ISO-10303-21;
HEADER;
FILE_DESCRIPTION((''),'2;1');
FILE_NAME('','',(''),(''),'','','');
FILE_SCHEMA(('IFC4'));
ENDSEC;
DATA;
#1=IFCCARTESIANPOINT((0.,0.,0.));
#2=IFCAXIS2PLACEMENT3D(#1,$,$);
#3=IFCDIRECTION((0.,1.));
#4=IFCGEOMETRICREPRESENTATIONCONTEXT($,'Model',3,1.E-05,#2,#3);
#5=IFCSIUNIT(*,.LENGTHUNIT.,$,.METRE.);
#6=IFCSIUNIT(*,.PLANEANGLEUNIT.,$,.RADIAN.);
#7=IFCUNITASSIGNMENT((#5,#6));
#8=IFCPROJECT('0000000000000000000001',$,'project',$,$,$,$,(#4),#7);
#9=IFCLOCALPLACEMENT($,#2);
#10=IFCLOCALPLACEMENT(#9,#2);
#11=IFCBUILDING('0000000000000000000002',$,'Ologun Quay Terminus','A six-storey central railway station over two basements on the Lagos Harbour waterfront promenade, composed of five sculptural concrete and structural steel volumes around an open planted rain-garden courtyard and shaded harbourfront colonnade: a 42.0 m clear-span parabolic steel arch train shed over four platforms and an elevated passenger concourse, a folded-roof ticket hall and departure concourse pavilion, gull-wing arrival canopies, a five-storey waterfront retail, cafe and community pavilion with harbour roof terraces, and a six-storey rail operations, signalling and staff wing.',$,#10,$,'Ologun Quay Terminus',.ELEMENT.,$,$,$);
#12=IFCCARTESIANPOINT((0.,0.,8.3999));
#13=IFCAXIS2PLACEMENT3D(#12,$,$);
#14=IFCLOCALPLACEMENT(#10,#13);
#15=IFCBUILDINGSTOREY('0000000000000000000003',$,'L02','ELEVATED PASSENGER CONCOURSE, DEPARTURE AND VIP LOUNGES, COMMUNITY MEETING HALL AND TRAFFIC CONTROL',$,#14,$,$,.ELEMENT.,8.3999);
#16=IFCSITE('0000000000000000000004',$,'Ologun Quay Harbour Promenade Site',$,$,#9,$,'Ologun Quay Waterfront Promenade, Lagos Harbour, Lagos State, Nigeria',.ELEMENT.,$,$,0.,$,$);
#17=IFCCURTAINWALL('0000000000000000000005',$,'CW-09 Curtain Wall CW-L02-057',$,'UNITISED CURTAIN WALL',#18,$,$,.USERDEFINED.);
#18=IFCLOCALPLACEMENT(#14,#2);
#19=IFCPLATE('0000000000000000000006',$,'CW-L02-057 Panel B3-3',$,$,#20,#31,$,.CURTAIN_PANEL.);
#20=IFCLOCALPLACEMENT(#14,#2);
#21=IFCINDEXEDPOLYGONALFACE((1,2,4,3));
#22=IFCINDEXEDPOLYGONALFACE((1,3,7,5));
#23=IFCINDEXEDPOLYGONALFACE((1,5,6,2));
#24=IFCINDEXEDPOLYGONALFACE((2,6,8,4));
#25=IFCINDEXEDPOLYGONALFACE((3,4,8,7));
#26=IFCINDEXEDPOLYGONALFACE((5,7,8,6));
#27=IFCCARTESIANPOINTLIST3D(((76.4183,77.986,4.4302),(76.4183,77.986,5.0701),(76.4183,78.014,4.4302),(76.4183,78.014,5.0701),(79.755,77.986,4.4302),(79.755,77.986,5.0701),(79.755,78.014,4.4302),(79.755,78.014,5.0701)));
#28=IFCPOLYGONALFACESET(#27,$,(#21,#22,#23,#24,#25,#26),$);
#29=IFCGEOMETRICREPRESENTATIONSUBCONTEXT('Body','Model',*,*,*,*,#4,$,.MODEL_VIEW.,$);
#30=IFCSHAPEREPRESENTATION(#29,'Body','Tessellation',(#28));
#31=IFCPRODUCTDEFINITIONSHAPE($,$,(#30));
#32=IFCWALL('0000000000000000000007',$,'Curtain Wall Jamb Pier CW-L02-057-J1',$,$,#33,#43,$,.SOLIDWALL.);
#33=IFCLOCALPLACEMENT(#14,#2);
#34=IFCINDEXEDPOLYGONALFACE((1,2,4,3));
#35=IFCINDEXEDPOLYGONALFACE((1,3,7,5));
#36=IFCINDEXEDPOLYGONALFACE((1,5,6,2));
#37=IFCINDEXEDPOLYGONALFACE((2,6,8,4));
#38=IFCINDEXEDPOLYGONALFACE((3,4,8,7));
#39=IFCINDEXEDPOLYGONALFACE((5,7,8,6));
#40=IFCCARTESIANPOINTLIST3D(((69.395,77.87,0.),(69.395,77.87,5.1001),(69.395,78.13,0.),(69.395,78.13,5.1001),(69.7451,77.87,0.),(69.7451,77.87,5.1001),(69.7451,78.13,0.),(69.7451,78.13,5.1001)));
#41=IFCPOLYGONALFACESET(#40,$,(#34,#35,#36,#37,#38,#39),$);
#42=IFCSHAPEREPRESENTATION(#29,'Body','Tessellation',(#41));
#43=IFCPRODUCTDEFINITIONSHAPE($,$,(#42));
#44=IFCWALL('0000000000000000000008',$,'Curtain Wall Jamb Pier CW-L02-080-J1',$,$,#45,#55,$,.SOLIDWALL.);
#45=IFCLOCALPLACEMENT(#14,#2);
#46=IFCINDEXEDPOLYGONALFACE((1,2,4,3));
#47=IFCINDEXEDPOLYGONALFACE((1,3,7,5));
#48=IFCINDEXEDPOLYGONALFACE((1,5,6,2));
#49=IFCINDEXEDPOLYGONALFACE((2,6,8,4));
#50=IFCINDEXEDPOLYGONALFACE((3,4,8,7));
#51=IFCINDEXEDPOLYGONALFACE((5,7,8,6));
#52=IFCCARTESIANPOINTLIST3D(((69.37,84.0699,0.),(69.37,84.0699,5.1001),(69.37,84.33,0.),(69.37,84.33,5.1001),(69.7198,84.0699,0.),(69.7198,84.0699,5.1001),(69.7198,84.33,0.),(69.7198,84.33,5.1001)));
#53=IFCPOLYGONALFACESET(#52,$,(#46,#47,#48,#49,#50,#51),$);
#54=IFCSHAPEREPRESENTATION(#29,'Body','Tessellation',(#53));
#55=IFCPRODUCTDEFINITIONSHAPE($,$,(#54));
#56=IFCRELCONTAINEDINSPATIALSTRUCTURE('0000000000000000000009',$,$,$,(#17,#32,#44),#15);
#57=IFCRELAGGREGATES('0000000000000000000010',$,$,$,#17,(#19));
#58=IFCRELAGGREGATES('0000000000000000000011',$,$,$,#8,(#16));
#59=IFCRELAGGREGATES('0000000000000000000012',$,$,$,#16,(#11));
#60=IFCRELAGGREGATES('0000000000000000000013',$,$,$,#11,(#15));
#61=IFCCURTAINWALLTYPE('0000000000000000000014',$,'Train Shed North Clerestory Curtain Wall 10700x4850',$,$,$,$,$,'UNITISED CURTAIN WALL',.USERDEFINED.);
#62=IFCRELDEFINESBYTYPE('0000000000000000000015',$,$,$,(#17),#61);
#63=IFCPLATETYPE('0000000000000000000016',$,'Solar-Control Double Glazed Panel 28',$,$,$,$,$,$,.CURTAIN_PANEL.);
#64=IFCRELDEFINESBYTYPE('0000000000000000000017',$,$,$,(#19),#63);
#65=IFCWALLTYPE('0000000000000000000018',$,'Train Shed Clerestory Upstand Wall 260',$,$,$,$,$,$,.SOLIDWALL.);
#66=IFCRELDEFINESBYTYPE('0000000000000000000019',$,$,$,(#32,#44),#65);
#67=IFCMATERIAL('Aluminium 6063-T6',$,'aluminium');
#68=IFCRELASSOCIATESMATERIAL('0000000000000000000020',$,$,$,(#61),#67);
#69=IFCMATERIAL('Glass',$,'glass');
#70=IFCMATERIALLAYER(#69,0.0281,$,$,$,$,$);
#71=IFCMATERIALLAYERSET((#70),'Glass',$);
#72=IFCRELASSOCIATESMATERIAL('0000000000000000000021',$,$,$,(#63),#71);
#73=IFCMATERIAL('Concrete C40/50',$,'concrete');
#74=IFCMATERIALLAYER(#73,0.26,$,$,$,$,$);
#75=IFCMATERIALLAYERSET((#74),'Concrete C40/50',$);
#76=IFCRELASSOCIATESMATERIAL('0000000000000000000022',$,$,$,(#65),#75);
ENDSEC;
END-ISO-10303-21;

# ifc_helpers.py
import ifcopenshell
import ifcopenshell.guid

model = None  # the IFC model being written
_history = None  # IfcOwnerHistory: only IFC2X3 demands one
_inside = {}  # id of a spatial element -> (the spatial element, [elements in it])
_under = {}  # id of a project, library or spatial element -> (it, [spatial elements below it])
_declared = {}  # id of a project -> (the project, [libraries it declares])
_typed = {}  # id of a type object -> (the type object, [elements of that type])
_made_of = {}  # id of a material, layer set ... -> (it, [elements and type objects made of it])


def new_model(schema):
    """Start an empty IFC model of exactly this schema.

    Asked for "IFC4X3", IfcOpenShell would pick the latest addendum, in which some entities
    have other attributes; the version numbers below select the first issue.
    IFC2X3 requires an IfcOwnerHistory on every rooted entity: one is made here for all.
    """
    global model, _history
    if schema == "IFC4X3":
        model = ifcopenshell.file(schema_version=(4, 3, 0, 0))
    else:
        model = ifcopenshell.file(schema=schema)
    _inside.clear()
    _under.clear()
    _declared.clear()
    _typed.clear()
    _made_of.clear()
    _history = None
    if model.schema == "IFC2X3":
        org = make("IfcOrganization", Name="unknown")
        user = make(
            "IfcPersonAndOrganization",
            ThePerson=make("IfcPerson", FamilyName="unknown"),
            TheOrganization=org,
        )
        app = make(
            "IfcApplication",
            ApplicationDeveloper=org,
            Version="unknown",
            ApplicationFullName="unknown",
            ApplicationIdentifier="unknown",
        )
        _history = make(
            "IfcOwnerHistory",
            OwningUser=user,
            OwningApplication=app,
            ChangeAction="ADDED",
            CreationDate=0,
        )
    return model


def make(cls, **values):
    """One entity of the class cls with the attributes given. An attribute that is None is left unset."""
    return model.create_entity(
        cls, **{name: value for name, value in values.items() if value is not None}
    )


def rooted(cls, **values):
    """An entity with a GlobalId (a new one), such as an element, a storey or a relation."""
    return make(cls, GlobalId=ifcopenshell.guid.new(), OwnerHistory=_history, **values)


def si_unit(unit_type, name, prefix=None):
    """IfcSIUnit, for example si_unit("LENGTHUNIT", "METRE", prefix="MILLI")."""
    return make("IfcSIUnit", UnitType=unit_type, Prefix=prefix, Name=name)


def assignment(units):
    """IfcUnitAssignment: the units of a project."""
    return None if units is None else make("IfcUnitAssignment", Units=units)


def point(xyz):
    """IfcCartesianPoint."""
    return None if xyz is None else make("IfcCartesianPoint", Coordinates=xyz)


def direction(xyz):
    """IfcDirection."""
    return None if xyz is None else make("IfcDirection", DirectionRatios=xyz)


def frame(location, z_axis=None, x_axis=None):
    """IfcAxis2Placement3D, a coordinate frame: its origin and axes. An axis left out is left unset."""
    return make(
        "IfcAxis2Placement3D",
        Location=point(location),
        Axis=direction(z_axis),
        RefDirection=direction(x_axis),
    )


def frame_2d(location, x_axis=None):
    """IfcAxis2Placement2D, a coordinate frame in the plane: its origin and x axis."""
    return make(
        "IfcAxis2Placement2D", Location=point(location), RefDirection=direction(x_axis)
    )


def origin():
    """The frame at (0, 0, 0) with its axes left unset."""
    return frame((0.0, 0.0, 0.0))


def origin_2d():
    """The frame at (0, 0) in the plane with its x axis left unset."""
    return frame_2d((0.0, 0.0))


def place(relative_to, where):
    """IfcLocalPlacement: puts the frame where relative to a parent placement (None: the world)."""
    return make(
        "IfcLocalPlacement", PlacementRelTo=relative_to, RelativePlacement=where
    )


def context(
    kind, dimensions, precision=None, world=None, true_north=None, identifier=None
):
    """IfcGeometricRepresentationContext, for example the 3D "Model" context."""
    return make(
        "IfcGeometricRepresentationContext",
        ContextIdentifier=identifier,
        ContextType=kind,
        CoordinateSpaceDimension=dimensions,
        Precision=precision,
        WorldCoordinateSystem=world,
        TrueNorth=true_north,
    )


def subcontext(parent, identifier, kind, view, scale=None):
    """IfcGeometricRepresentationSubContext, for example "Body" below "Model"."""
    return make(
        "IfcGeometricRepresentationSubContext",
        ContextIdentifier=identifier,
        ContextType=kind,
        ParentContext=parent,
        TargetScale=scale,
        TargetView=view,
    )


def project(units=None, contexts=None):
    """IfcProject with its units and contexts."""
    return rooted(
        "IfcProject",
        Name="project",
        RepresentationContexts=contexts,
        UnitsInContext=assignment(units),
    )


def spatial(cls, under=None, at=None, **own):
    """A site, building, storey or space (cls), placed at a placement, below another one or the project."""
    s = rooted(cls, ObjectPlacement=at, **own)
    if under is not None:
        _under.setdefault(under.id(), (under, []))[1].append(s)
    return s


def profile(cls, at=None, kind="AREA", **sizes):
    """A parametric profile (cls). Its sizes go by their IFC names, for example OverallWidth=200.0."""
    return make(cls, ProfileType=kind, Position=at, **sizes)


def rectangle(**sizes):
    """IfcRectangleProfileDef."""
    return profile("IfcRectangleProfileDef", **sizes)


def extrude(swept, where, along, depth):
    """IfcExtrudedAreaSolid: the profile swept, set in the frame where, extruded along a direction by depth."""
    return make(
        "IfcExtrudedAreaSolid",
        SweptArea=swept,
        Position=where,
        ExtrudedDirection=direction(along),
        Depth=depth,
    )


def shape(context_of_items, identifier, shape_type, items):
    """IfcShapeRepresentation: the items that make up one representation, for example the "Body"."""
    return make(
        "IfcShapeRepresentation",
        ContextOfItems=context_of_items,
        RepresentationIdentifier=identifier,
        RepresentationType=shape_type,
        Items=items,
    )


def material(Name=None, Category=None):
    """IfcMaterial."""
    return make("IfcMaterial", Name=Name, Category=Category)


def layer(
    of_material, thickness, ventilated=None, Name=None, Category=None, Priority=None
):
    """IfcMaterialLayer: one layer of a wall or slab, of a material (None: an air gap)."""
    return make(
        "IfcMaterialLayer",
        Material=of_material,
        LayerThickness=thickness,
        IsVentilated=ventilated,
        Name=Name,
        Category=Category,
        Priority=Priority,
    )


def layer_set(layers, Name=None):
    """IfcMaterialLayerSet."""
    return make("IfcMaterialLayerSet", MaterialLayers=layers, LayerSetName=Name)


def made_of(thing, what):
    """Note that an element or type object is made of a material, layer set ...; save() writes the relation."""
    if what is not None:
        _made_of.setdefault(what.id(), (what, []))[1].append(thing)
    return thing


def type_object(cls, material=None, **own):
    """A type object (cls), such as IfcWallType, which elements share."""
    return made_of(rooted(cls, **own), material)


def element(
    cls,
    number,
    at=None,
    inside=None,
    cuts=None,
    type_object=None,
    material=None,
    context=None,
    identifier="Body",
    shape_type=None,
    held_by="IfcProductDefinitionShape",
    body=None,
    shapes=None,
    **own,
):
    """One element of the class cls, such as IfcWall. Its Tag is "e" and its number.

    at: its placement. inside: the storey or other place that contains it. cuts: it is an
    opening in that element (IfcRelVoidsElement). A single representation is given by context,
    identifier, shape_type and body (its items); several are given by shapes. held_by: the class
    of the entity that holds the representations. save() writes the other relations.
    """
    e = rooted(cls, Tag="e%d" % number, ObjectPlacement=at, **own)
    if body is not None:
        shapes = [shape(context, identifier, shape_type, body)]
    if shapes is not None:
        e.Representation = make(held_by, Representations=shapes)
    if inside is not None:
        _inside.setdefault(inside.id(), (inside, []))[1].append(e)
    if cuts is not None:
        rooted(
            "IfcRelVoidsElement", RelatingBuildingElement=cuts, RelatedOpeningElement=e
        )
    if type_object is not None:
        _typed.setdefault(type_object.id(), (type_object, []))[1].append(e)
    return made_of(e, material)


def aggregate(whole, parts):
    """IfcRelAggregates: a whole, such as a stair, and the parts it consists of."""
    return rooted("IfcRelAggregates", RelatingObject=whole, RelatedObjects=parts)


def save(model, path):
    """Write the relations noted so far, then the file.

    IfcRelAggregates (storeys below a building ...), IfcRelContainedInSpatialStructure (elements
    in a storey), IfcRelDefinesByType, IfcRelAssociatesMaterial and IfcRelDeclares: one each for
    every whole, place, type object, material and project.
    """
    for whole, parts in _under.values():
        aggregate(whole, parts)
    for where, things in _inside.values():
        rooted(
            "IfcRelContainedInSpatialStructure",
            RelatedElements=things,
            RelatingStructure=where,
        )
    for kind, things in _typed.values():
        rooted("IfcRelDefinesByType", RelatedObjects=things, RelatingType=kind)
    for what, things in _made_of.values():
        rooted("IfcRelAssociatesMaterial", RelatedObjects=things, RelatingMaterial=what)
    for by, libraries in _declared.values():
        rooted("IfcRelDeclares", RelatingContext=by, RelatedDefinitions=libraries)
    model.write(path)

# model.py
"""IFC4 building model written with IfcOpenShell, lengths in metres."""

from ifc_helpers import new_model, si_unit, direction, frame, frame_2d, origin, origin_2d, place, context, subcontext, project, spatial, rectangle, extrude, material, layer, layer_set, type_object, element, aggregate, save


model = new_model("IFC4")

# Units and contexts
model_context = context("Model", 3, precision=1e-05, world=origin(), true_north=direction((0.0, 1.0)))
body_context = subcontext(model_context, "Body", "Model", "MODEL_VIEW")
ifc_project = project(units=[si_unit("LENGTHUNIT", "METRE"), si_unit("PLANEANGLEUNIT", "RADIAN")], contexts=[model_context])

# Site, building, storey
site_placement = place(None, origin())
site = spatial("IfcSite", under=ifc_project, at=site_placement, Name="Ologun Quay Harbour Promenade Site", LongName="Ologun Quay Waterfront Promenade, Lagos Harbour, Lagos State, Nigeria", CompositionType="ELEMENT", RefElevation=0.0)
building_placement = place(site_placement, origin())
building = spatial("IfcBuilding", under=site, at=building_placement, Name="Ologun Quay Terminus", Description="A six-storey central railway station over two basements on the Lagos Harbour waterfront promenade, composed of five sculptural concrete and structural steel volumes around an open planted rain-garden courtyard and shaded harbourfront colonnade: a 42.0 m clear-span parabolic steel arch train shed over four platforms and an elevated passenger concourse, a folded-roof ticket hall and departure concourse pavilion, gull-wing arrival canopies, a five-storey waterfront retail, cafe and community pavilion with harbour roof terraces, and a six-storey rail operations, signalling and staff wing.", LongName="Ologun Quay Terminus", CompositionType="ELEMENT")
storey_placement = place(building_placement, frame((0.0, 0.0, 8.3999)))
storey = spatial("IfcBuildingStorey", under=building, at=storey_placement, Name="L02", Description="ELEVATED PASSENGER CONCOURSE, DEPARTURE AND VIP LOUNGES, COMMUNITY MEETING HALL AND TRAFFIC CONTROL", CompositionType="ELEMENT", Elevation=8.3999)

# Curtain wall
ifc_material_1 = material(Name="Aluminium 6063-T6", Category="aluminium")
curtain_wall_type_1 = type_object("IfcCurtainWallType", Name="Train Shed North Clerestory Curtain Wall 10700x4850", ElementType="UNITISED CURTAIN WALL", PredefinedType="USERDEFINED", material=ifc_material_1)
curtain_wall_1_placement = place(storey_placement, origin())
curtain_wall_1 = element("IfcCurtainWall", 1, at=curtain_wall_1_placement, inside=storey, type_object=curtain_wall_type_1, Name="CW-09 Curtain Wall CW-L02-057", ObjectType="UNITISED CURTAIN WALL", PredefinedType="USERDEFINED")

# Plate
ifc_material_2 = material(Name="Glass", Category="glass")
ifc_layer_1 = layer(ifc_material_2, 0.0281)
ifc_layer_set_1 = layer_set([ifc_layer_1], Name="Glass")
plate_type_1 = type_object("IfcPlateType", Name="Solar-Control Double Glazed Panel 28", PredefinedType="CURTAIN_PANEL", material=ifc_layer_set_1)
plate_1_placement = place(storey_placement, frame((78.0867, 78.0, 4.4302), z_axis=(0.0, 0.0, 1.0), x_axis=(1.0, 0.0, 0.0)))
plate_1 = element("IfcPlate", 2, at=plate_1_placement, type_object=plate_type_1, Name="CW-L02-057 Panel B3-3", PredefinedType="CURTAIN_PANEL", context=body_context, shape_type="SweptSolid", body=[
    extrude(rectangle(XDim=3.3367, YDim=0.0281, at=origin_2d()), origin(), (0.0, 0.0, 1.0), 0.6399),
])
aggregate(curtain_wall_1, [plate_1])

# Walls
ifc_material_3 = material(Name="Concrete C40/50", Category="concrete")
ifc_layer_2 = layer(ifc_material_3, 0.26)
ifc_layer_set_2 = layer_set([ifc_layer_2], Name="Concrete C40/50")
wall_type = type_object("IfcWallType", Name="Train Shed Clerestory Upstand Wall 260", PredefinedType="SOLIDWALL", material=ifc_layer_set_2)
wall_1_placement = place(storey_placement, frame((69.395, 78.0, 0.0), z_axis=(0.0, 0.0, 1.0), x_axis=(1.0, 0.0, 0.0)))
element("IfcWall", 3, at=wall_1_placement, inside=storey, type_object=wall_type, Name="Curtain Wall Jamb Pier CW-L02-057-J1", PredefinedType="SOLIDWALL", context=body_context, shape_type="SweptSolid", body=[
    extrude(rectangle(XDim=0.3501, YDim=0.26, at=frame_2d((0.175, 0.0))), origin(), (0.0, 0.0, 1.0), 5.1001),
])
wall_2_placement = place(storey_placement, frame((69.3701, 84.2, 0.0), z_axis=(0.0, 0.0, 1.0), x_axis=(1.0, 0.0, 0.0)))
element("IfcWall", 4, at=wall_2_placement, inside=storey, type_object=wall_type, Name="Curtain Wall Jamb Pier CW-L02-080-J1", PredefinedType="SOLIDWALL", context=body_context, shape_type="SweptSolid", body=[
    extrude(rectangle(XDim=0.3499, YDim=0.26, at=frame_2d((0.1748, 0.0))), origin(), (0.0, 0.0, 1.0), 5.1001),
])

save(model, "model.ifc")
